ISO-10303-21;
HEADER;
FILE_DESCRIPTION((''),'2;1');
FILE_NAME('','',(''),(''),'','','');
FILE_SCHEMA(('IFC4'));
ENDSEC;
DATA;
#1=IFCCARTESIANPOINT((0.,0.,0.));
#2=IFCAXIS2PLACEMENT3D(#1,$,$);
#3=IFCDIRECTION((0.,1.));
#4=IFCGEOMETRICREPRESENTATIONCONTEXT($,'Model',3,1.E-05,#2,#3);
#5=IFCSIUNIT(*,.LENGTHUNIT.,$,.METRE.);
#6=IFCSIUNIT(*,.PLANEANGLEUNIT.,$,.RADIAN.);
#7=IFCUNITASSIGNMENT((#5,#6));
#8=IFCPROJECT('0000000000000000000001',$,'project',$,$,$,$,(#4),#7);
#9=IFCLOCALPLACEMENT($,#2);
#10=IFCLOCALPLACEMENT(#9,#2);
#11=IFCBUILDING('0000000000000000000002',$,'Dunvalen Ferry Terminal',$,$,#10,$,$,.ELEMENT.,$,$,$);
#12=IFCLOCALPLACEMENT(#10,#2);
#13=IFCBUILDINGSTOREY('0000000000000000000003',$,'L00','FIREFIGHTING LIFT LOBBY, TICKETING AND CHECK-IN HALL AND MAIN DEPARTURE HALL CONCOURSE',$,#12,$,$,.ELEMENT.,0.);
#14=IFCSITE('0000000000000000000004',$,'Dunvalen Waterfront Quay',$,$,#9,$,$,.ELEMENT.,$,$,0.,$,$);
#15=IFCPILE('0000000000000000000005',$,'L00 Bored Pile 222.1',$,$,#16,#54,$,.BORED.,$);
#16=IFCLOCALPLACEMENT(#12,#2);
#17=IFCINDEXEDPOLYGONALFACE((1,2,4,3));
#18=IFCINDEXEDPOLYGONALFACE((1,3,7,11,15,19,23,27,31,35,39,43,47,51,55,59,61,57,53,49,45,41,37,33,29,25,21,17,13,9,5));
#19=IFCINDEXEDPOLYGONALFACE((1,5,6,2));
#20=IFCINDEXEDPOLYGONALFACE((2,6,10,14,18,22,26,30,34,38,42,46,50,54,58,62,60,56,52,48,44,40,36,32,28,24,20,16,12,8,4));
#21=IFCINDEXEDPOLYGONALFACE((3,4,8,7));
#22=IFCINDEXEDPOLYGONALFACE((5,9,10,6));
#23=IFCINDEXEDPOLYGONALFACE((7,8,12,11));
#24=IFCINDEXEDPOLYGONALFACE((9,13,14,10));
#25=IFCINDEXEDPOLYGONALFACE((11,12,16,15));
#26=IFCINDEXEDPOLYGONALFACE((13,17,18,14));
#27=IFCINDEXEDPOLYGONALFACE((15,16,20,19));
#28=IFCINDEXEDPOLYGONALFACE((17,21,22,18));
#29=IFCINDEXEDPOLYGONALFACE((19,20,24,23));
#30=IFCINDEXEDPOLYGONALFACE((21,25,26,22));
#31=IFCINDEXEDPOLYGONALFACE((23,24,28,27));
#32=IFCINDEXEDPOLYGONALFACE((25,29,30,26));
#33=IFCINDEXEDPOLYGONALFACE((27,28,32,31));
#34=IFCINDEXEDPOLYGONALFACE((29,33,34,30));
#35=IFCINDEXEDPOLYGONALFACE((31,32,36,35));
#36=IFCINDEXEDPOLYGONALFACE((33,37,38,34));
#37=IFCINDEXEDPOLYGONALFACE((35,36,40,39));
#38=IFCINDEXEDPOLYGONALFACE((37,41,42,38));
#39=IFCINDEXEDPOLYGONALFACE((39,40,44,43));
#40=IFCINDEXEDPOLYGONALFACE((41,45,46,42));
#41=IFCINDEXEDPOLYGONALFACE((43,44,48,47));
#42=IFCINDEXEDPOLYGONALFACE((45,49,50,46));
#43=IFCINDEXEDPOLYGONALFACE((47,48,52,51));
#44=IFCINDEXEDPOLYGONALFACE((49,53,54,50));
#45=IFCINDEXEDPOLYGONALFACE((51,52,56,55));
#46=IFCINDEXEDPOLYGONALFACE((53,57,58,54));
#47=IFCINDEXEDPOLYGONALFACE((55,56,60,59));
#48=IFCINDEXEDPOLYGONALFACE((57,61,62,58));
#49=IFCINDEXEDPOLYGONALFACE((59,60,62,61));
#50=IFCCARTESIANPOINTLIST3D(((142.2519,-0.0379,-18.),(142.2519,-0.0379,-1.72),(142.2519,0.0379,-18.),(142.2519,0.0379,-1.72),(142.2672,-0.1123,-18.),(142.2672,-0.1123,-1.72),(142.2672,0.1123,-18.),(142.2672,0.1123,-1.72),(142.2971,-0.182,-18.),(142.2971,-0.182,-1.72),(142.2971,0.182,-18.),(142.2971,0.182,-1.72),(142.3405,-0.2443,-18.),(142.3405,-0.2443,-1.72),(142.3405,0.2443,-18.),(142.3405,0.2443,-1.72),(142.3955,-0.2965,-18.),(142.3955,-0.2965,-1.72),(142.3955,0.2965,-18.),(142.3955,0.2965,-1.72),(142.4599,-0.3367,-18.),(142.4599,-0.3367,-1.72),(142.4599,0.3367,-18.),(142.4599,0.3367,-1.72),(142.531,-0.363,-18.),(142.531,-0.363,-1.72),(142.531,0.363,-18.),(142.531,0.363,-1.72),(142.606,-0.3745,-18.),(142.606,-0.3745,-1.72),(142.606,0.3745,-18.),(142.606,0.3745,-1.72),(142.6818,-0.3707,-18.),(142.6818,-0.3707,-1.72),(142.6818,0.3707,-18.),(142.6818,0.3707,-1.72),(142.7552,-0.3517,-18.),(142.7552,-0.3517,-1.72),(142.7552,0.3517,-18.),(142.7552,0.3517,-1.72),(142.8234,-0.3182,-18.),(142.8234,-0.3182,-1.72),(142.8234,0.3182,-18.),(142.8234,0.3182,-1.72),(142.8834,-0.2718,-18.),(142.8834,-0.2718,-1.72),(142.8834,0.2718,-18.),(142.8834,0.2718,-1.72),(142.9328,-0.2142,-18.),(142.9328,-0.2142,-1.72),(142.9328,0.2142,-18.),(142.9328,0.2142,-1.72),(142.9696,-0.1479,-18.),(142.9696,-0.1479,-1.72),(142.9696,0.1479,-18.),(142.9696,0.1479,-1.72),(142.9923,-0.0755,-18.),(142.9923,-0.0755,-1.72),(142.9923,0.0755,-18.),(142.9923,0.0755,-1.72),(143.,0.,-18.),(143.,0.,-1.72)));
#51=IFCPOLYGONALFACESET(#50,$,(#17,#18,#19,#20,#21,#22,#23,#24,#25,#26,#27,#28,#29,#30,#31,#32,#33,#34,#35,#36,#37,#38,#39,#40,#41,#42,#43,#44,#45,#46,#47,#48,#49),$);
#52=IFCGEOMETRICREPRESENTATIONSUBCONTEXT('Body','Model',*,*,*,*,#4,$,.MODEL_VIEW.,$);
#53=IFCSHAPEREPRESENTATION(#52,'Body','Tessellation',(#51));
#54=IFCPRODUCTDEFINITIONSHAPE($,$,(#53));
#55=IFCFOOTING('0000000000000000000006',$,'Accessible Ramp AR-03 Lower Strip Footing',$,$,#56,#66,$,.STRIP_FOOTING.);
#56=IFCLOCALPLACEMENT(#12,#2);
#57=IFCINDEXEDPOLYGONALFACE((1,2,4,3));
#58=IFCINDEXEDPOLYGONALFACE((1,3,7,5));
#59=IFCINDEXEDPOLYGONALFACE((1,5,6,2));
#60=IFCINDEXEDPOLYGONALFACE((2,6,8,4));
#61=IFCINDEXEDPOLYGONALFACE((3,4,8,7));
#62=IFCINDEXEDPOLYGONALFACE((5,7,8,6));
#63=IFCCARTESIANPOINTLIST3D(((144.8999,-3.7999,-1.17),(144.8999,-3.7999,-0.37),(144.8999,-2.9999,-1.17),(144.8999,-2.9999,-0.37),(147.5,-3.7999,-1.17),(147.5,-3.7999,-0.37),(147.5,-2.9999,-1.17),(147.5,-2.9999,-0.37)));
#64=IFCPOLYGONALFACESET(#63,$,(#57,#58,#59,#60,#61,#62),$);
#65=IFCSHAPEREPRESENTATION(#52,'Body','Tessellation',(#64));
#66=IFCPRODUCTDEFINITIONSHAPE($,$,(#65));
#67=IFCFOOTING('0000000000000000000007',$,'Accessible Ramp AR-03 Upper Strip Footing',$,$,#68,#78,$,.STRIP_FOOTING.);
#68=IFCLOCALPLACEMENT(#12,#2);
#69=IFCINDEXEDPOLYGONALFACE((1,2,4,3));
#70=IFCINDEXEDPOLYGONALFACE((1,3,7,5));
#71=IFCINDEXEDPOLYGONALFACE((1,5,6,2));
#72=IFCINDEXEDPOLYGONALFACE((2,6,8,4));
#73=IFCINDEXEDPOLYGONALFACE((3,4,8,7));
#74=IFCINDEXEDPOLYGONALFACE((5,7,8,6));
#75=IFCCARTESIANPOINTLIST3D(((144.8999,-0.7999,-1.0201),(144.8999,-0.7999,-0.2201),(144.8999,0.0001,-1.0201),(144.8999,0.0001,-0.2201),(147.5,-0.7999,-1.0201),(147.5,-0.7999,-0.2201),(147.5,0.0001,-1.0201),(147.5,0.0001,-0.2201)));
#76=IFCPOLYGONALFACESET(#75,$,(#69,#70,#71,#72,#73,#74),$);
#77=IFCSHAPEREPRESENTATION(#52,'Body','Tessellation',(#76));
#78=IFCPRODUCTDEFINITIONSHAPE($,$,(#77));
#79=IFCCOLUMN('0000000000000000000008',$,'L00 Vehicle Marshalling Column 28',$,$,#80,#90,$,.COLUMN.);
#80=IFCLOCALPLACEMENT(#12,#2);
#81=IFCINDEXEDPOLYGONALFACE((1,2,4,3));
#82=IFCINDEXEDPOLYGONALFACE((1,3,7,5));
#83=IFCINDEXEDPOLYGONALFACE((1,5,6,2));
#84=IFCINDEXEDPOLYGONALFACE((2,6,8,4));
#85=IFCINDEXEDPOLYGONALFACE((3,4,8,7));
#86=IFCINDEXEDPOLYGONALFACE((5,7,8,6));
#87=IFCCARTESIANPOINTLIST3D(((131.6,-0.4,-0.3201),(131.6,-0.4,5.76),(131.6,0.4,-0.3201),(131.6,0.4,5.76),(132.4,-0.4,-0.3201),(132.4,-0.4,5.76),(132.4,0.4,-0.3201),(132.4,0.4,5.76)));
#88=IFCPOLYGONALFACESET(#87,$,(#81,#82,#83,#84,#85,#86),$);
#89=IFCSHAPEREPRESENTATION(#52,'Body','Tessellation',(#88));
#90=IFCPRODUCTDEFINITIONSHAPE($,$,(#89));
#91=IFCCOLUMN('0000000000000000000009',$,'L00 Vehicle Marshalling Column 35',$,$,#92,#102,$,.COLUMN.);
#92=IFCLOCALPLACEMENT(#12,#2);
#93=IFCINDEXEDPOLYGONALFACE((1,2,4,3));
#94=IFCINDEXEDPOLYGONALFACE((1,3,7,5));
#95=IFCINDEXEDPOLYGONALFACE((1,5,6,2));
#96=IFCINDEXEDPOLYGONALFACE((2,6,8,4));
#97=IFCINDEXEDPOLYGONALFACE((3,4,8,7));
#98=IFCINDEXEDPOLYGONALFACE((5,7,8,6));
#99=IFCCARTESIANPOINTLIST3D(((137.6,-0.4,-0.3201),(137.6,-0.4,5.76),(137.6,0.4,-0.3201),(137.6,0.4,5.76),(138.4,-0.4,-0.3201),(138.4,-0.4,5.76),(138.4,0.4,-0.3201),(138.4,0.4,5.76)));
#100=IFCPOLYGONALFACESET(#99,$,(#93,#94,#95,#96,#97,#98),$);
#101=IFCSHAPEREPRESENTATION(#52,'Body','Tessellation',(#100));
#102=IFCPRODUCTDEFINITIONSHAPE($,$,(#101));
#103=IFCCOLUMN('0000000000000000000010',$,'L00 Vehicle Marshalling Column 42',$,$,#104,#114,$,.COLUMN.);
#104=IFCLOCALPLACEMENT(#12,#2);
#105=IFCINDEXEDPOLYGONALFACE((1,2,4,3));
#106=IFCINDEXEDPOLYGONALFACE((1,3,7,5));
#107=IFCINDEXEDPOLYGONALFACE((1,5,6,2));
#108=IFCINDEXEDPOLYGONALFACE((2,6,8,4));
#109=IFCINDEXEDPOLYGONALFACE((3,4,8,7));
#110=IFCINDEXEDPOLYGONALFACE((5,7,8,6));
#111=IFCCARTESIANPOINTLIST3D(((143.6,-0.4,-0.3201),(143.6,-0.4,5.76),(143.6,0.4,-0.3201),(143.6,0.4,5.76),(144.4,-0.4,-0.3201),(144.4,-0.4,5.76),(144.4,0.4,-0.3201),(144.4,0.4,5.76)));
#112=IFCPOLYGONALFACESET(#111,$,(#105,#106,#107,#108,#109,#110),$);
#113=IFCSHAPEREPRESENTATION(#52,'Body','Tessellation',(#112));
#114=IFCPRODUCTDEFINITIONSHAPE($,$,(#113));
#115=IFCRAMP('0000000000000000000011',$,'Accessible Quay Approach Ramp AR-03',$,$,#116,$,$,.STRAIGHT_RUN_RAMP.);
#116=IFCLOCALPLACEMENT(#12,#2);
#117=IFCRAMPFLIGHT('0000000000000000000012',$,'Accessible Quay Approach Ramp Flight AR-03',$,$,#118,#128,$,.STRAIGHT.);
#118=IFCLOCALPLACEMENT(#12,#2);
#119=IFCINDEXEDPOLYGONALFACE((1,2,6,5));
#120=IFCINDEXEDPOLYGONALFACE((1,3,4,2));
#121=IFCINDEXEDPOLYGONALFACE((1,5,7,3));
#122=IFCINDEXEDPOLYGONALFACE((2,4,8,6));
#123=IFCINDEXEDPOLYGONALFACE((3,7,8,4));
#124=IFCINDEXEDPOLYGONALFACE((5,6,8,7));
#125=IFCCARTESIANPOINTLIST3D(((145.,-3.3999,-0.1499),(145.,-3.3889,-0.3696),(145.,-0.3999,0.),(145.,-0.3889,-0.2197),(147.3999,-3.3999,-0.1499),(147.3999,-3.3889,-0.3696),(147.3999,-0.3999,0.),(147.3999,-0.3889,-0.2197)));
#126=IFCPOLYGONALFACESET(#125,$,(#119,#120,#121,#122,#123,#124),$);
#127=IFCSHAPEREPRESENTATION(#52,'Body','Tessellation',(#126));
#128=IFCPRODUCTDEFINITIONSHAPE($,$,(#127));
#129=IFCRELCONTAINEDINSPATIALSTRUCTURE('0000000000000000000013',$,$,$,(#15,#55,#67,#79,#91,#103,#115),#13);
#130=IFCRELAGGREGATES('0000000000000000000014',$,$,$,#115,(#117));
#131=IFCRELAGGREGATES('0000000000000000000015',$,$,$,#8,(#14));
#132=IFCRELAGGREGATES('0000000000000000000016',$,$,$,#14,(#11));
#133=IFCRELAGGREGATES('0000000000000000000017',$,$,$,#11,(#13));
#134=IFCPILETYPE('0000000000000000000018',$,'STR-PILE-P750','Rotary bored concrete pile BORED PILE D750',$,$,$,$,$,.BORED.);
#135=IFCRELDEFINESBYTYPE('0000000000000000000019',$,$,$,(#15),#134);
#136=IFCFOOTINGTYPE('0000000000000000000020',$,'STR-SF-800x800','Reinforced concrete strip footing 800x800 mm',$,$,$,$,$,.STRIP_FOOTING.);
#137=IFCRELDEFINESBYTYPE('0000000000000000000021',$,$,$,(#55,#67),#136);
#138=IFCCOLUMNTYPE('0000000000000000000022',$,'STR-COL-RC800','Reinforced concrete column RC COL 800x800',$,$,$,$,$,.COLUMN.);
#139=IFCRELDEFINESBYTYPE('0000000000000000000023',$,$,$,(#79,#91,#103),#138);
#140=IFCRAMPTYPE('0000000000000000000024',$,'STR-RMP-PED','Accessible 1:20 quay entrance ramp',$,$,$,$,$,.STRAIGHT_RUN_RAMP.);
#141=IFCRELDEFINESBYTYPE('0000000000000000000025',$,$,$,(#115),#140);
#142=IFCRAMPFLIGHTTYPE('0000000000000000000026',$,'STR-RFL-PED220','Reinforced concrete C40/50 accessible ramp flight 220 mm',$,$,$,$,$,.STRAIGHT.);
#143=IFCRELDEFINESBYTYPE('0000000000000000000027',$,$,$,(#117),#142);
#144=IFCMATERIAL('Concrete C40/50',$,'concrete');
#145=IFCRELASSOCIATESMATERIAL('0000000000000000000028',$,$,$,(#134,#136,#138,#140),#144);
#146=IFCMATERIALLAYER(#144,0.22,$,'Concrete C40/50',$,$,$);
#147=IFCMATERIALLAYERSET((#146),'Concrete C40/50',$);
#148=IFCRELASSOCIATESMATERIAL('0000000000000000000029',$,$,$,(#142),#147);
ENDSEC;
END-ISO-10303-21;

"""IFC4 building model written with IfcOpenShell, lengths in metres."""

from ifc_helpers import new_model, si_unit, direction, frame, origin, origin_2d, place, context, subcontext, project, spatial, polyline, rectangle, circle, outline, extrude, material, layer, layer_set, material_profile, profile_set, type_object, element, aggregate, save


model = new_model("IFC4")

# Units and contexts
model_context = context("Model", 3, precision=1e-05, world=origin(), true_north=direction((0.0, 1.0)))
body_context = subcontext(model_context, "Body", "Model", "MODEL_VIEW")
ifc_project = project(units=[si_unit("LENGTHUNIT", "METRE"), si_unit("PLANEANGLEUNIT", "RADIAN")], contexts=[model_context])

# Site, building, storey
site_placement = place(None, origin())
site = spatial("IfcSite", under=ifc_project, at=site_placement, Name="Dunvalen Waterfront Quay", CompositionType="ELEMENT", RefElevation=0.0)
building_placement = place(site_placement, origin())
building = spatial("IfcBuilding", under=site, at=building_placement, Name="Dunvalen Ferry Terminal", CompositionType="ELEMENT")
storey_placement = place(building_placement, origin())
storey = spatial("IfcBuildingStorey", under=building, at=storey_placement, Name="L00", Description="FIREFIGHTING LIFT LOBBY, TICKETING AND CHECK-IN HALL AND MAIN DEPARTURE HALL CONCOURSE", CompositionType="ELEMENT", Elevation=0.0)

# Shared definitions
ifc_material_1 = material(Name="Concrete C40/50", Category="concrete")

# Pile
ifc_material_profile_1 = material_profile(ifc_material_1, circle(Radius=0.375, at=origin_2d()), Name="Concrete C40/50")
ifc_profile_set_1 = profile_set([ifc_material_profile_1], Name="Concrete C40/50")
pile_type = type_object("IfcPileType", Name="STR-PILE-P750", Description="Rotary bored concrete pile BORED PILE D750", PredefinedType="BORED", material=ifc_profile_set_1)
pile_placement = place(storey_placement, frame((142.625, 0.0, -1.72), z_axis=(0.0, 0.0, -1.0), x_axis=(1.0, 0.0, 0.0)))
element("IfcPile", 1, at=pile_placement, inside=storey, type_object=pile_type, Name="L00 Bored Pile 222.1", PredefinedType="BORED", context=body_context, shape_type="SweptSolid", body=[
    extrude(circle(Radius=0.375, at=origin_2d()), origin(), (0.0, 0.0, 1.0), 16.28),
])

# Footings
ifc_material_profile_2 = material_profile(ifc_material_1, rectangle(XDim=0.8, YDim=0.8, at=origin_2d()), Name="Concrete C40/50")
ifc_profile_set_2 = profile_set([ifc_material_profile_2], Name="Concrete C40/50")
footing_type_1 = type_object("IfcFootingType", Name="STR-SF-800x800", Description="Reinforced concrete strip footing 800x800 mm", PredefinedType="STRIP_FOOTING", material=ifc_profile_set_2)
for number, where, z_axis, x_axis, name in (
    (2, (144.8999, -3.3999, -0.77), (1.0, 0.0, 0.0), (0.0, 1.0, 0.0), "Accessible Ramp AR-03 Lower Strip Footing"),
    (3, (144.8999, -0.3999, -0.6201), (1.0, 0.0, 0.0), (0.0, 1.0, 0.0), "Accessible Ramp AR-03 Upper Strip Footing"),
):
    element("IfcFooting", number, at=place(storey_placement, frame(where, z_axis=z_axis, x_axis=x_axis)), inside=storey, type_object=footing_type_1, Name=name, PredefinedType="STRIP_FOOTING", context=body_context, shape_type="SweptSolid", body=[
        extrude(rectangle(XDim=0.8, YDim=0.8, at=origin_2d()), origin(), (0.0, 0.0, 1.0), 2.6001),
    ])

# Columns
ifc_material_profile_3 = material_profile(ifc_material_1, rectangle(XDim=0.8, YDim=0.8, at=origin_2d()), Name="Concrete C40/50")
ifc_profile_set_3 = profile_set([ifc_material_profile_3], Name="Concrete C40/50")
column_type = type_object("IfcColumnType", Name="STR-COL-RC800", Description="Reinforced concrete column RC COL 800x800", PredefinedType="COLUMN", material=ifc_profile_set_3)
for number, where, z_axis, x_axis, name in (
    (4, (132.0, 0.0, -0.3201), (0.0, 0.0, 1.0), (1.0, 0.0, 0.0), "L00 Vehicle Marshalling Column 28"),
    (5, (138.0, 0.0, -0.3201), (0.0, 0.0, 1.0), (1.0, 0.0, 0.0), "L00 Vehicle Marshalling Column 35"),
    (6, (144.0, 0.0, -0.3201), (0.0, 0.0, 1.0), (1.0, 0.0, 0.0), "L00 Vehicle Marshalling Column 42"),
):
    element("IfcColumn", number, at=place(storey_placement, frame(where, z_axis=z_axis, x_axis=x_axis)), inside=storey, type_object=column_type, Name=name, PredefinedType="COLUMN", context=body_context, shape_type="SweptSolid", body=[
        extrude(rectangle(XDim=0.8, YDim=0.8, at=origin_2d()), origin(), (0.0, 0.0, 1.0), 6.0801),
    ])

# Ramp, ramp flight
ramp_type = type_object("IfcRampType", Name="STR-RMP-PED", Description="Accessible 1:20 quay entrance ramp", PredefinedType="STRAIGHT_RUN_RAMP", material=ifc_material_1)
ramp_placement = place(storey_placement, origin())
ramp = element("IfcRamp", 7, at=ramp_placement, inside=storey, type_object=ramp_type, Name="Accessible Quay Approach Ramp AR-03", PredefinedType="STRAIGHT_RUN_RAMP")
ifc_layer_1 = layer(ifc_material_1, 0.22, Name="Concrete C40/50")
ifc_layer_set_1 = layer_set([ifc_layer_1], Name="Concrete C40/50")
ramp_flight_type = type_object("IfcRampFlightType", Name="STR-RFL-PED220", Description="Reinforced concrete C40/50 accessible ramp flight 220 mm", PredefinedType="STRAIGHT", material=ifc_layer_set_1)
ramp_flight_placement = place(storey_placement, frame((145.0, -3.3999, -0.1499), z_axis=(0.0, -0.049905, 0.998754), x_axis=(1.0, 0.0, 0.0)))
ramp_flight = element("IfcRampFlight", 8, at=ramp_flight_placement, type_object=ramp_flight_type, Name="Accessible Quay Approach Ramp Flight AR-03", PredefinedType="STRAIGHT", context=body_context, shape_type="SweptSolid", body=[
    extrude(outline(polyline([(0.0, 0.0), (2.3999, 0.0), (2.3999, 3.0037), (0.0, 3.0037), (0.0, 0.0)])), origin(), (0.0, 0.0, -1.0), 0.22),
])
aggregate(ramp, [ramp_flight])

save(model, "model.ifc")
